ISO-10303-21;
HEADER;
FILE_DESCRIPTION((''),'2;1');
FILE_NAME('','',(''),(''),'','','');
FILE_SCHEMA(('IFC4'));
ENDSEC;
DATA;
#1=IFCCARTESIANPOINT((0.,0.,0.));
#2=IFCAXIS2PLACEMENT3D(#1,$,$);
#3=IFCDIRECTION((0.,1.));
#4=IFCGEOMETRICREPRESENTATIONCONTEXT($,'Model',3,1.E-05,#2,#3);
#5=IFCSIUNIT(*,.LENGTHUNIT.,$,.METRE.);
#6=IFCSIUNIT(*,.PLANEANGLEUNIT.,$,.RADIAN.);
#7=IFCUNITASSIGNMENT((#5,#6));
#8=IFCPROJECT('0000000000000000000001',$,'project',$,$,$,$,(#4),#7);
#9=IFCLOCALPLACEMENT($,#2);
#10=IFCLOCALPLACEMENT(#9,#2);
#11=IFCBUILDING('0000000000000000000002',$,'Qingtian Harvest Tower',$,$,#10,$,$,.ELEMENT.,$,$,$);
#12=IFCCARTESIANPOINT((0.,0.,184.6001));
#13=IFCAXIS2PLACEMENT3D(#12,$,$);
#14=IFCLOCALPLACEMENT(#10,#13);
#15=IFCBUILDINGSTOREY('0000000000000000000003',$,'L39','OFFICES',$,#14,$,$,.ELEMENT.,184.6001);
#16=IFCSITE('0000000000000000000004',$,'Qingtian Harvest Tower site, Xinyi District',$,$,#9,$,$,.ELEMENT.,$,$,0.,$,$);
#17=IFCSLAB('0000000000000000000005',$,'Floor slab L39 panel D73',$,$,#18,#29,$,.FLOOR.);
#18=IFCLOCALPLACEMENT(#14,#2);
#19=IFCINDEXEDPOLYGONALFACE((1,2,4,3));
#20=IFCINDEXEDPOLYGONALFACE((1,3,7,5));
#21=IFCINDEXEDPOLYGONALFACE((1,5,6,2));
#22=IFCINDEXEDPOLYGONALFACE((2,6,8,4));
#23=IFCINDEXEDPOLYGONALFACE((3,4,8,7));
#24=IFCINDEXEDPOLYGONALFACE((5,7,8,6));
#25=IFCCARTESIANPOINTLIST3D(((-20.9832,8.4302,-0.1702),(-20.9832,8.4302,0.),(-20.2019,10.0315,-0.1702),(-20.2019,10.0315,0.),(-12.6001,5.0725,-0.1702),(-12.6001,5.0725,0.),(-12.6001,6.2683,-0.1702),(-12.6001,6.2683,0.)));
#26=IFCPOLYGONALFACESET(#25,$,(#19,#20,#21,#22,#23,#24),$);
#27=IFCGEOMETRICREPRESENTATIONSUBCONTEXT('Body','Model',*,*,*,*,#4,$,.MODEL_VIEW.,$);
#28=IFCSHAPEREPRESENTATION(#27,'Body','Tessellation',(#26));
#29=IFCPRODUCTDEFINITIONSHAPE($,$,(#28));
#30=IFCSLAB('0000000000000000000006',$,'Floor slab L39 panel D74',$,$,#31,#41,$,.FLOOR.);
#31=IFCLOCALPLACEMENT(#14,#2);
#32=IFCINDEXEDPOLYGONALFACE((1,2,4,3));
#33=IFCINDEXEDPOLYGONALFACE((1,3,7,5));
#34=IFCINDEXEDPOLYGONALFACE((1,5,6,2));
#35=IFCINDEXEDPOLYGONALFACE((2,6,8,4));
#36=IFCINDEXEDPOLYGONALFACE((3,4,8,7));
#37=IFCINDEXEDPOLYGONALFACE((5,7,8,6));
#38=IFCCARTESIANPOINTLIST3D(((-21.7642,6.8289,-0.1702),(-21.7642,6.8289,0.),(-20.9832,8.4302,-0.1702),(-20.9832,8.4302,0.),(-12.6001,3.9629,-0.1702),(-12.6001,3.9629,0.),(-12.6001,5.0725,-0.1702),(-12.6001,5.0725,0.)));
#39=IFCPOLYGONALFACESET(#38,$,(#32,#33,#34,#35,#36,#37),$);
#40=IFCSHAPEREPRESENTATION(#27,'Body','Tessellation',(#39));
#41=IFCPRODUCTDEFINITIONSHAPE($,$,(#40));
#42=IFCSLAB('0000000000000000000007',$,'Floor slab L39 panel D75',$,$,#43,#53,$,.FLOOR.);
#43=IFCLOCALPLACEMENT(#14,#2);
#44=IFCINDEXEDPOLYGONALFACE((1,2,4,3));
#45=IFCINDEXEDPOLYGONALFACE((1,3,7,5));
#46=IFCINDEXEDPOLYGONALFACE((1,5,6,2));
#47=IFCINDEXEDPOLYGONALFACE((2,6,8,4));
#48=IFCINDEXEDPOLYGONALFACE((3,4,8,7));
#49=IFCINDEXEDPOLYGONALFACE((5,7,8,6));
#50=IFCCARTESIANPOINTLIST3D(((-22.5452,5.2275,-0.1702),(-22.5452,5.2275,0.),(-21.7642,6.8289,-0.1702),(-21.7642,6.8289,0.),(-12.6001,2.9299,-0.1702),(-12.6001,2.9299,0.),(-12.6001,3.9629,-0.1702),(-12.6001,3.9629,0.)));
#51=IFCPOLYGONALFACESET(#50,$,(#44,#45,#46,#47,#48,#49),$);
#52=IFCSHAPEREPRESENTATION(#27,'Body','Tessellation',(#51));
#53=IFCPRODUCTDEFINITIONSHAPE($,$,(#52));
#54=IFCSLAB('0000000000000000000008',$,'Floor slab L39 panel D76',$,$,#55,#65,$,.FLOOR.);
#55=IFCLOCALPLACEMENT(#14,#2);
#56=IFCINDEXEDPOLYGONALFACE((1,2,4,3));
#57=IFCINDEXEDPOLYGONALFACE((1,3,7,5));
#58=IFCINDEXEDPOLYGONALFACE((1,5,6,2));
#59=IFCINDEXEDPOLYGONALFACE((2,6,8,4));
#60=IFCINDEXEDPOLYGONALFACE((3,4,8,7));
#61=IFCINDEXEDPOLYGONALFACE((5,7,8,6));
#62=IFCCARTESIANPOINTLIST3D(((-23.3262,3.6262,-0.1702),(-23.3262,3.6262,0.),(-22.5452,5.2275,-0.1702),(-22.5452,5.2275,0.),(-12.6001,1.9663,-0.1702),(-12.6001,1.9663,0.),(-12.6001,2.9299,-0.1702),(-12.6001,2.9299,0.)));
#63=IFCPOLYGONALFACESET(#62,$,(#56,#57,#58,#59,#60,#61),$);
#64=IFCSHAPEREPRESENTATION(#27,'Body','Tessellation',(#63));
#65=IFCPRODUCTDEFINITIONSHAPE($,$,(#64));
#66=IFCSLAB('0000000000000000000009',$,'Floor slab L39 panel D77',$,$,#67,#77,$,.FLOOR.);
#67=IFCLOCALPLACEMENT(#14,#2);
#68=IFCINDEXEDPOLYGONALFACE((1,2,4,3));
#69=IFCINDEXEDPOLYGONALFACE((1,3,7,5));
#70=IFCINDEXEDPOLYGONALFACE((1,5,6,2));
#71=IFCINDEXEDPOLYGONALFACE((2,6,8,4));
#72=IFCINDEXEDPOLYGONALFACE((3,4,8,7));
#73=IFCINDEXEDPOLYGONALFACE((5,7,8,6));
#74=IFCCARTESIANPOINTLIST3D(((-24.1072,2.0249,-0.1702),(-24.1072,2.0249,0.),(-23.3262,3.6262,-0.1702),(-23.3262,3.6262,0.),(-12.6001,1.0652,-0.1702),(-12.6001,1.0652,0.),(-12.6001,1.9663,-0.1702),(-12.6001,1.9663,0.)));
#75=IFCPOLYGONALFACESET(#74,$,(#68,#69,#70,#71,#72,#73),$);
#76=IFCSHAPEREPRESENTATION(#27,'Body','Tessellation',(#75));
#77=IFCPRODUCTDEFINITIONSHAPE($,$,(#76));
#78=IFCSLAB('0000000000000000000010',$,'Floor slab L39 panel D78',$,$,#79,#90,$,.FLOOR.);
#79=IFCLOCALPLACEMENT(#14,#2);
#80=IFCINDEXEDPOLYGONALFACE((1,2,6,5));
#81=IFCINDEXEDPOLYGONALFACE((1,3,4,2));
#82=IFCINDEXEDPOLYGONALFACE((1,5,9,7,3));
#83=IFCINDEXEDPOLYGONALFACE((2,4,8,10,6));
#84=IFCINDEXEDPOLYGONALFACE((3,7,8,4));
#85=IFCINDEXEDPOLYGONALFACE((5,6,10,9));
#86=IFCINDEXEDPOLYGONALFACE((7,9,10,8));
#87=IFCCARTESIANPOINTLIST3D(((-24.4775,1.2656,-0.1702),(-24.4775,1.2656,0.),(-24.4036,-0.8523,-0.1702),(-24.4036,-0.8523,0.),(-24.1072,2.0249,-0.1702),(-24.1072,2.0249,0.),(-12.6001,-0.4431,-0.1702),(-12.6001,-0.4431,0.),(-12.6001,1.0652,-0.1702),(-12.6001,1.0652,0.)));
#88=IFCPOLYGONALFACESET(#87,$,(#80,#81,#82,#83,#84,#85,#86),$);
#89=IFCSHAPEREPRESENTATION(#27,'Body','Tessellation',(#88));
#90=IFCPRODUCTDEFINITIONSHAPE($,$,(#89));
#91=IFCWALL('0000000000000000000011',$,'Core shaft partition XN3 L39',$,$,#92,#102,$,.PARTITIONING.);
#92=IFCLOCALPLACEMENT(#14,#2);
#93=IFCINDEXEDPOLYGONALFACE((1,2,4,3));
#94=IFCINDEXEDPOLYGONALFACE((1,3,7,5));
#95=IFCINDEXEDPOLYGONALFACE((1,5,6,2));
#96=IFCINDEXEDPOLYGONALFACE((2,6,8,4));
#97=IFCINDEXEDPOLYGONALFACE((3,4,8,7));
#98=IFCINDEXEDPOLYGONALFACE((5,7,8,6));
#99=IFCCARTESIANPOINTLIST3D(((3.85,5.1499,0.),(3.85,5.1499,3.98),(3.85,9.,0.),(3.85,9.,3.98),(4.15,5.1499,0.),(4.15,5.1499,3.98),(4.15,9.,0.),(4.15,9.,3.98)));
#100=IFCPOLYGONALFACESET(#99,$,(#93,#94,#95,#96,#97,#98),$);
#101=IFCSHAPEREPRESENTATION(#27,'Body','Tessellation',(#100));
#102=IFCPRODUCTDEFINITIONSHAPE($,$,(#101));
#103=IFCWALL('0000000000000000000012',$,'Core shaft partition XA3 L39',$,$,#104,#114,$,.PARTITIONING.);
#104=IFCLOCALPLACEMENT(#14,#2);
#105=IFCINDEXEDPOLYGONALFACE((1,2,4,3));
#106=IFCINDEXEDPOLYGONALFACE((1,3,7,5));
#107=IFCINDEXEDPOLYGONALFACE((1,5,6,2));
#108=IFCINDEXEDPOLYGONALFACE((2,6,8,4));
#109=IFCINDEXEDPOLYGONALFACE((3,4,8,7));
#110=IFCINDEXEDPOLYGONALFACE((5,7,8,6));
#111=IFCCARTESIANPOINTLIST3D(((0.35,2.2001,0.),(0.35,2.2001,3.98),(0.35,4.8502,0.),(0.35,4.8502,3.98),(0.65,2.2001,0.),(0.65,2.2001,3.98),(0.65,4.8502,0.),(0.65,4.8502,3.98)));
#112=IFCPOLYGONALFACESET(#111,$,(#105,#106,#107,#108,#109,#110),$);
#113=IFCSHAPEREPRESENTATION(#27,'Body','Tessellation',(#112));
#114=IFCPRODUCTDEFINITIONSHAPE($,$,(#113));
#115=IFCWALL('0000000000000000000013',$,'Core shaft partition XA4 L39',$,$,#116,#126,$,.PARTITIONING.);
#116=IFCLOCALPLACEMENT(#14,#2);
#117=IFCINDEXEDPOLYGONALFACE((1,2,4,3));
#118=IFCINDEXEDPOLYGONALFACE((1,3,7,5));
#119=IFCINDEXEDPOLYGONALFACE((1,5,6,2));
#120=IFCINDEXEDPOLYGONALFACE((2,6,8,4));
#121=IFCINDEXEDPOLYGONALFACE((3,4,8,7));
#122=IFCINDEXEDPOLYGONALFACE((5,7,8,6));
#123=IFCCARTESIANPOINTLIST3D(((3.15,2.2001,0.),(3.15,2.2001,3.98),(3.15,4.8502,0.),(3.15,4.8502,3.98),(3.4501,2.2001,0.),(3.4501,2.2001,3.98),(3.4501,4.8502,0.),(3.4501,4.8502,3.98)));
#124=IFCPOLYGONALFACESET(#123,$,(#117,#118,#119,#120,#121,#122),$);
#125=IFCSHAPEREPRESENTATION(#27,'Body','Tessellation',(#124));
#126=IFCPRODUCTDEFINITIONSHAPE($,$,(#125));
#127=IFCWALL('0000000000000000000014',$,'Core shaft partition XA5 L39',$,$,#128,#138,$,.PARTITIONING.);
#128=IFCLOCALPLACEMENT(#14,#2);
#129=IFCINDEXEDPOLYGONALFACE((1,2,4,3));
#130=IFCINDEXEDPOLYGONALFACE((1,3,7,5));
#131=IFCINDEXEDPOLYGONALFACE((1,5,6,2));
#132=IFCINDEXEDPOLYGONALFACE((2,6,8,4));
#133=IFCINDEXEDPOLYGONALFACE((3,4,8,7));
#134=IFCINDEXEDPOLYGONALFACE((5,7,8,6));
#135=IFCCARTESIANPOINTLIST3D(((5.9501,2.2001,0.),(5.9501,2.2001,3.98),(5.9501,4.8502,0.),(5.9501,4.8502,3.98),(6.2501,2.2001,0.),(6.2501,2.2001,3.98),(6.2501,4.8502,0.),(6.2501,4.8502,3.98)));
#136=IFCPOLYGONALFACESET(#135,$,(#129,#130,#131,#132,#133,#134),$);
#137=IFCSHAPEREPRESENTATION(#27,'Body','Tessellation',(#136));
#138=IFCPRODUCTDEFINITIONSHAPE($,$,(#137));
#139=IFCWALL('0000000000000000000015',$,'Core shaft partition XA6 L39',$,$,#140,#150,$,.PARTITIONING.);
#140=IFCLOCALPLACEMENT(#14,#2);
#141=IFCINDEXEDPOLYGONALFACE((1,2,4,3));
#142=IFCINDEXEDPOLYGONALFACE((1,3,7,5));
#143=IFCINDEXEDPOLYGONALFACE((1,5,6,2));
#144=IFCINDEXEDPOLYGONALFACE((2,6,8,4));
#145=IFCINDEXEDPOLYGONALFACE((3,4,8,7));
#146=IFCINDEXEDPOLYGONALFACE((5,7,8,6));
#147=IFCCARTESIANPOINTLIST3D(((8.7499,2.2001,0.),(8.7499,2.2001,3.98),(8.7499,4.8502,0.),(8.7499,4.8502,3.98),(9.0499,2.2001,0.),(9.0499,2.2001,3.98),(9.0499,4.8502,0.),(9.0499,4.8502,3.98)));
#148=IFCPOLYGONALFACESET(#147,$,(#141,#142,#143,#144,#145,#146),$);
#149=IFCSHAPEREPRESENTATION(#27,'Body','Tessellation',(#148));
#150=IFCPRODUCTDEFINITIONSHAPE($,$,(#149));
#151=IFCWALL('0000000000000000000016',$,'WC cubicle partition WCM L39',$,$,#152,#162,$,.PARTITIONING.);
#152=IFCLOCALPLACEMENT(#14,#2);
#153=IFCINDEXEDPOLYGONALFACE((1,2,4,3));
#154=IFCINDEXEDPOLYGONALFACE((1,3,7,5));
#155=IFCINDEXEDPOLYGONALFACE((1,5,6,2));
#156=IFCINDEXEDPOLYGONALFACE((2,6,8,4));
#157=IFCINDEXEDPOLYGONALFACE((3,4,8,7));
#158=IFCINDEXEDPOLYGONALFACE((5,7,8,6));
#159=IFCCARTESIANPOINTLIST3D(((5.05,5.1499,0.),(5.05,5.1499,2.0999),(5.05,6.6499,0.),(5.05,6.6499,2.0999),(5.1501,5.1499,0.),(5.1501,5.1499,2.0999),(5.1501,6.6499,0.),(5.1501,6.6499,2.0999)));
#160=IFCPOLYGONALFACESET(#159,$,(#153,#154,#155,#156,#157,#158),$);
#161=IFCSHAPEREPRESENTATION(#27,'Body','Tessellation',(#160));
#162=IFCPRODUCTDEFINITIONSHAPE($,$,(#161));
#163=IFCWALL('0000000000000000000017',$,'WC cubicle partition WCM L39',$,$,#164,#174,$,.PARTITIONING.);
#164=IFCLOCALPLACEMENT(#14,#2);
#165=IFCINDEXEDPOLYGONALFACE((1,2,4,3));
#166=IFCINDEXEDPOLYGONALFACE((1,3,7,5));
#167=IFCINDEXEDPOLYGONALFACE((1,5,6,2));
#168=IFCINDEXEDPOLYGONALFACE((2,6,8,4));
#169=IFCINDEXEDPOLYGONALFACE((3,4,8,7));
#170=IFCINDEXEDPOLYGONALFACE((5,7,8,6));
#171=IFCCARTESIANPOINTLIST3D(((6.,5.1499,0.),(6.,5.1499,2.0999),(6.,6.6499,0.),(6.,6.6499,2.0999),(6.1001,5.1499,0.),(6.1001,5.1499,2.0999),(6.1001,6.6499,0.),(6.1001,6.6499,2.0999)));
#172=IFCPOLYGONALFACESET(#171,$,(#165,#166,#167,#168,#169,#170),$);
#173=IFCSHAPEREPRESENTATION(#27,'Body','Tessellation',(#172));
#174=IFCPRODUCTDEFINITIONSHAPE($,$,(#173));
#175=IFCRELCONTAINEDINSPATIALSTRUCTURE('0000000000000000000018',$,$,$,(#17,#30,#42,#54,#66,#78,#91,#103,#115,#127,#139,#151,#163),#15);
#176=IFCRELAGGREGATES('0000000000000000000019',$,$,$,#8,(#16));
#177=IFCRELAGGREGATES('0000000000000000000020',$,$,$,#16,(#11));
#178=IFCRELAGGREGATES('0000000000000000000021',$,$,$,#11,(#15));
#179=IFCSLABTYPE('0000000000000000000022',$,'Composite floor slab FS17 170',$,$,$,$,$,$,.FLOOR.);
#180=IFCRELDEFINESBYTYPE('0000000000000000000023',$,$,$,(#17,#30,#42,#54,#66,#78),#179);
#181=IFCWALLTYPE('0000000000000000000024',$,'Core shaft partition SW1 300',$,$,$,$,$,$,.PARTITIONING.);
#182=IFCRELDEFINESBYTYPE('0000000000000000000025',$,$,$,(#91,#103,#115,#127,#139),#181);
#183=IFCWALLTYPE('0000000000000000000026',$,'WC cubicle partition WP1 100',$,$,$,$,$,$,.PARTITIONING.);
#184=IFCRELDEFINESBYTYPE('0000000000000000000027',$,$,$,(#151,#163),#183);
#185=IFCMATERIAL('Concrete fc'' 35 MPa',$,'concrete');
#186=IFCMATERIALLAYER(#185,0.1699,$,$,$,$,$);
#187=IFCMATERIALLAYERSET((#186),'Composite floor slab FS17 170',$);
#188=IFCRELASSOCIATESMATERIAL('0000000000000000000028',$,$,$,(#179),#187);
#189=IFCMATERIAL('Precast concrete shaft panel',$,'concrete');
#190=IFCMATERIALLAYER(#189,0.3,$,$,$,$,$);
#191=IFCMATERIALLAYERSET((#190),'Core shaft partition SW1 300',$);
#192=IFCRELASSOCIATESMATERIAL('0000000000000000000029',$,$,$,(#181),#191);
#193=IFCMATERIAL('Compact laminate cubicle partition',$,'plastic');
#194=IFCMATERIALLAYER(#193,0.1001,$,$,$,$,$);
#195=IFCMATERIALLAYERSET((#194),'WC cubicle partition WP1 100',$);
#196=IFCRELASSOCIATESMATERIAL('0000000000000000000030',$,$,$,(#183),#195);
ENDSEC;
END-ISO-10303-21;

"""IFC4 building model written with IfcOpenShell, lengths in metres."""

from ifc_helpers import new_model, si_unit, direction, frame, frame_2d, origin, place, context, subcontext, project, spatial, polyline, rectangle, outline, extrude, material, layer, layer_set, type_object, element, save


model = new_model("IFC4")

# Units and contexts
model_context = context("Model", 3, precision=1e-05, world=origin(), true_north=direction((0.0, 1.0)))
body_context = subcontext(model_context, "Body", "Model", "MODEL_VIEW")
ifc_project = project(units=[si_unit("LENGTHUNIT", "METRE"), si_unit("PLANEANGLEUNIT", "RADIAN")], contexts=[model_context])

# Site, building, storey
site_placement = place(None, origin())
site = spatial("IfcSite", under=ifc_project, at=site_placement, Name="Qingtian Harvest Tower site, Xinyi District", CompositionType="ELEMENT", RefElevation=0.0)
building_placement = place(site_placement, origin())
building = spatial("IfcBuilding", under=site, at=building_placement, Name="Qingtian Harvest Tower", CompositionType="ELEMENT")
storey_placement = place(building_placement, frame((0.0, 0.0, 184.6001)))
storey = spatial("IfcBuildingStorey", under=building, at=storey_placement, Name="L39", Description="OFFICES", CompositionType="ELEMENT", Elevation=184.6001)

# Slabs
ifc_material_1 = material(Name="Concrete fc' 35 MPa", Category="concrete")
ifc_layer_1 = layer(ifc_material_1, 0.1699)
ifc_layer_set_1 = layer_set([ifc_layer_1], Name="Composite floor slab FS17 170")
slab_type = type_object("IfcSlabType", Name="Composite floor slab FS17 170", PredefinedType="FLOOR", material=ifc_layer_set_1)
slab_1_placement = place(storey_placement, frame((0.0, 0.0, -0.1702)))
element("IfcSlab", 1, at=slab_1_placement, inside=storey, type_object=slab_type, Name="Floor slab L39 panel D73", PredefinedType="FLOOR", context=body_context, shape_type="SweptSolid", body=[
    extrude(outline(polyline([(-12.6001, 5.0725), (-20.9832, 8.4302), (-20.2019, 10.0315), (-12.6001, 6.2683), (-12.6001, 5.0725)])), origin(), (0.0, 0.0, 1.0), 0.1702),
])
slab_2_placement = place(storey_placement, frame((0.0, 0.0, -0.1702)))
element("IfcSlab", 2, at=slab_2_placement, inside=storey, type_object=slab_type, Name="Floor slab L39 panel D74", PredefinedType="FLOOR", context=body_context, shape_type="SweptSolid", body=[
    extrude(outline(polyline([(-12.6001, 3.9629), (-21.7642, 6.8289), (-20.9832, 8.4302), (-12.6001, 5.0725), (-12.6001, 3.9629)])), origin(), (0.0, 0.0, 1.0), 0.1702),
])
slab_3_placement = place(storey_placement, frame((0.0, 0.0, -0.1702)))
element("IfcSlab", 3, at=slab_3_placement, inside=storey, type_object=slab_type, Name="Floor slab L39 panel D75", PredefinedType="FLOOR", context=body_context, shape_type="SweptSolid", body=[
    extrude(outline(polyline([(-12.6001, 2.9299), (-22.5452, 5.2275), (-21.7642, 6.8289), (-12.6001, 3.9629), (-12.6001, 2.9299)])), origin(), (0.0, 0.0, 1.0), 0.1702),
])
slab_4_placement = place(storey_placement, frame((0.0, 0.0, -0.1702)))
element("IfcSlab", 4, at=slab_4_placement, inside=storey, type_object=slab_type, Name="Floor slab L39 panel D76", PredefinedType="FLOOR", context=body_context, shape_type="SweptSolid", body=[
    extrude(outline(polyline([(-12.6001, 1.9663), (-23.3262, 3.6262), (-22.5452, 5.2275), (-12.6001, 2.9299), (-12.6001, 1.9663)])), origin(), (0.0, 0.0, 1.0), 0.1702),
])
slab_5_placement = place(storey_placement, frame((0.0, 0.0, -0.1702)))
element("IfcSlab", 5, at=slab_5_placement, inside=storey, type_object=slab_type, Name="Floor slab L39 panel D77", PredefinedType="FLOOR", context=body_context, shape_type="SweptSolid", body=[
    extrude(outline(polyline([(-12.6001, 1.0652), (-24.1072, 2.0249), (-23.3262, 3.6262), (-12.6001, 1.9663), (-12.6001, 1.0652)])), origin(), (0.0, 0.0, 1.0), 0.1702),
])
slab_6_placement = place(storey_placement, frame((0.0, 0.0, -0.1702)))
element("IfcSlab", 6, at=slab_6_placement, inside=storey, type_object=slab_type, Name="Floor slab L39 panel D78", PredefinedType="FLOOR", context=body_context, shape_type="SweptSolid", body=[
    extrude(outline(polyline([(-12.6001, 1.0652), (-12.6001, -0.4431), (-24.4036, -0.8523), (-24.4775, 1.2656), (-24.1072, 2.0249), (-12.6001, 1.0652)])), origin(), (0.0, 0.0, 1.0), 0.1702),
])

# Shared definitions
ifc_material_2 = material(Name="Precast concrete shaft panel", Category="concrete")
ifc_layer_2 = layer(ifc_material_2, 0.3)
ifc_layer_set_2 = layer_set([ifc_layer_2], Name="Core shaft partition SW1 300")
wall_type_1 = type_object("IfcWallType", Name="Core shaft partition SW1 300", PredefinedType="PARTITIONING", material=ifc_layer_set_2)

# Walls
wall_1_placement = place(storey_placement, frame((4.0, 5.1499, 0.0), z_axis=(0.0, 0.0, 1.0), x_axis=(0.0, 1.0, 0.0)))
element("IfcWall", 7, at=wall_1_placement, inside=storey, type_object=wall_type_1, Name="Core shaft partition XN3 L39", PredefinedType="PARTITIONING", context=body_context, shape_type="SweptSolid", body=[
    extrude(rectangle(XDim=3.8501, YDim=0.3, at=frame_2d((1.925, 0.0))), origin(), (0.0, 0.0, 1.0), 3.98),
])
for number, where, z_axis, x_axis, name in (
    (8, (0.5, 2.2, 0.0), (0.0, 0.0, 1.0), (0.0, 1.0, 0.0), "Core shaft partition XA3 L39"),
    (9, (3.3, 2.2, 0.0), (0.0, 0.0, 1.0), (0.0, 1.0, 0.0), "Core shaft partition XA4 L39"),
    (10, (6.1001, 2.2, 0.0), (0.0, 0.0, 1.0), (0.0, 1.0, 0.0), "Core shaft partition XA5 L39"),
    (11, (8.8999, 2.2, 0.0), (0.0, 0.0, 1.0), (0.0, 1.0, 0.0), "Core shaft partition XA6 L39"),
):
    element("IfcWall", number, at=place(storey_placement, frame(where, z_axis=z_axis, x_axis=x_axis)), inside=storey, type_object=wall_type_1, Name=name, PredefinedType="PARTITIONING", context=body_context, shape_type="SweptSolid", body=[
        extrude(rectangle(XDim=2.6501, YDim=0.3, at=frame_2d((1.3252, 0.0))), origin(), (0.0, 0.0, 1.0), 3.98),
    ])
ifc_material_3 = material(Name="Compact laminate cubicle partition", Category="plastic")
ifc_layer_3 = layer(ifc_material_3, 0.1001)
ifc_layer_set_3 = layer_set([ifc_layer_3], Name="WC cubicle partition WP1 100")
wall_type_2 = type_object("IfcWallType", Name="WC cubicle partition WP1 100", PredefinedType="PARTITIONING", material=ifc_layer_set_3)
for number, where, z_axis, x_axis, name in (
    (12, (5.1001, 5.1499, 0.0), (0.0, 0.0, 1.0), (0.0, 1.0, 0.0), "WC cubicle partition WCM L39"),
    (13, (6.05, 5.1499, 0.0), (0.0, 0.0, 1.0), (0.0, 1.0, 0.0), "WC cubicle partition WCM L39"),
):
    element("IfcWall", number, at=place(storey_placement, frame(where, z_axis=z_axis, x_axis=x_axis)), inside=storey, type_object=wall_type_2, Name=name, PredefinedType="PARTITIONING", context=body_context, shape_type="SweptSolid", body=[
        extrude(rectangle(XDim=1.5, YDim=0.1001, at=frame_2d((0.75, 0.0))), origin(), (0.0, 0.0, 1.0), 2.0999),
    ])

save(model, "model.ifc")
